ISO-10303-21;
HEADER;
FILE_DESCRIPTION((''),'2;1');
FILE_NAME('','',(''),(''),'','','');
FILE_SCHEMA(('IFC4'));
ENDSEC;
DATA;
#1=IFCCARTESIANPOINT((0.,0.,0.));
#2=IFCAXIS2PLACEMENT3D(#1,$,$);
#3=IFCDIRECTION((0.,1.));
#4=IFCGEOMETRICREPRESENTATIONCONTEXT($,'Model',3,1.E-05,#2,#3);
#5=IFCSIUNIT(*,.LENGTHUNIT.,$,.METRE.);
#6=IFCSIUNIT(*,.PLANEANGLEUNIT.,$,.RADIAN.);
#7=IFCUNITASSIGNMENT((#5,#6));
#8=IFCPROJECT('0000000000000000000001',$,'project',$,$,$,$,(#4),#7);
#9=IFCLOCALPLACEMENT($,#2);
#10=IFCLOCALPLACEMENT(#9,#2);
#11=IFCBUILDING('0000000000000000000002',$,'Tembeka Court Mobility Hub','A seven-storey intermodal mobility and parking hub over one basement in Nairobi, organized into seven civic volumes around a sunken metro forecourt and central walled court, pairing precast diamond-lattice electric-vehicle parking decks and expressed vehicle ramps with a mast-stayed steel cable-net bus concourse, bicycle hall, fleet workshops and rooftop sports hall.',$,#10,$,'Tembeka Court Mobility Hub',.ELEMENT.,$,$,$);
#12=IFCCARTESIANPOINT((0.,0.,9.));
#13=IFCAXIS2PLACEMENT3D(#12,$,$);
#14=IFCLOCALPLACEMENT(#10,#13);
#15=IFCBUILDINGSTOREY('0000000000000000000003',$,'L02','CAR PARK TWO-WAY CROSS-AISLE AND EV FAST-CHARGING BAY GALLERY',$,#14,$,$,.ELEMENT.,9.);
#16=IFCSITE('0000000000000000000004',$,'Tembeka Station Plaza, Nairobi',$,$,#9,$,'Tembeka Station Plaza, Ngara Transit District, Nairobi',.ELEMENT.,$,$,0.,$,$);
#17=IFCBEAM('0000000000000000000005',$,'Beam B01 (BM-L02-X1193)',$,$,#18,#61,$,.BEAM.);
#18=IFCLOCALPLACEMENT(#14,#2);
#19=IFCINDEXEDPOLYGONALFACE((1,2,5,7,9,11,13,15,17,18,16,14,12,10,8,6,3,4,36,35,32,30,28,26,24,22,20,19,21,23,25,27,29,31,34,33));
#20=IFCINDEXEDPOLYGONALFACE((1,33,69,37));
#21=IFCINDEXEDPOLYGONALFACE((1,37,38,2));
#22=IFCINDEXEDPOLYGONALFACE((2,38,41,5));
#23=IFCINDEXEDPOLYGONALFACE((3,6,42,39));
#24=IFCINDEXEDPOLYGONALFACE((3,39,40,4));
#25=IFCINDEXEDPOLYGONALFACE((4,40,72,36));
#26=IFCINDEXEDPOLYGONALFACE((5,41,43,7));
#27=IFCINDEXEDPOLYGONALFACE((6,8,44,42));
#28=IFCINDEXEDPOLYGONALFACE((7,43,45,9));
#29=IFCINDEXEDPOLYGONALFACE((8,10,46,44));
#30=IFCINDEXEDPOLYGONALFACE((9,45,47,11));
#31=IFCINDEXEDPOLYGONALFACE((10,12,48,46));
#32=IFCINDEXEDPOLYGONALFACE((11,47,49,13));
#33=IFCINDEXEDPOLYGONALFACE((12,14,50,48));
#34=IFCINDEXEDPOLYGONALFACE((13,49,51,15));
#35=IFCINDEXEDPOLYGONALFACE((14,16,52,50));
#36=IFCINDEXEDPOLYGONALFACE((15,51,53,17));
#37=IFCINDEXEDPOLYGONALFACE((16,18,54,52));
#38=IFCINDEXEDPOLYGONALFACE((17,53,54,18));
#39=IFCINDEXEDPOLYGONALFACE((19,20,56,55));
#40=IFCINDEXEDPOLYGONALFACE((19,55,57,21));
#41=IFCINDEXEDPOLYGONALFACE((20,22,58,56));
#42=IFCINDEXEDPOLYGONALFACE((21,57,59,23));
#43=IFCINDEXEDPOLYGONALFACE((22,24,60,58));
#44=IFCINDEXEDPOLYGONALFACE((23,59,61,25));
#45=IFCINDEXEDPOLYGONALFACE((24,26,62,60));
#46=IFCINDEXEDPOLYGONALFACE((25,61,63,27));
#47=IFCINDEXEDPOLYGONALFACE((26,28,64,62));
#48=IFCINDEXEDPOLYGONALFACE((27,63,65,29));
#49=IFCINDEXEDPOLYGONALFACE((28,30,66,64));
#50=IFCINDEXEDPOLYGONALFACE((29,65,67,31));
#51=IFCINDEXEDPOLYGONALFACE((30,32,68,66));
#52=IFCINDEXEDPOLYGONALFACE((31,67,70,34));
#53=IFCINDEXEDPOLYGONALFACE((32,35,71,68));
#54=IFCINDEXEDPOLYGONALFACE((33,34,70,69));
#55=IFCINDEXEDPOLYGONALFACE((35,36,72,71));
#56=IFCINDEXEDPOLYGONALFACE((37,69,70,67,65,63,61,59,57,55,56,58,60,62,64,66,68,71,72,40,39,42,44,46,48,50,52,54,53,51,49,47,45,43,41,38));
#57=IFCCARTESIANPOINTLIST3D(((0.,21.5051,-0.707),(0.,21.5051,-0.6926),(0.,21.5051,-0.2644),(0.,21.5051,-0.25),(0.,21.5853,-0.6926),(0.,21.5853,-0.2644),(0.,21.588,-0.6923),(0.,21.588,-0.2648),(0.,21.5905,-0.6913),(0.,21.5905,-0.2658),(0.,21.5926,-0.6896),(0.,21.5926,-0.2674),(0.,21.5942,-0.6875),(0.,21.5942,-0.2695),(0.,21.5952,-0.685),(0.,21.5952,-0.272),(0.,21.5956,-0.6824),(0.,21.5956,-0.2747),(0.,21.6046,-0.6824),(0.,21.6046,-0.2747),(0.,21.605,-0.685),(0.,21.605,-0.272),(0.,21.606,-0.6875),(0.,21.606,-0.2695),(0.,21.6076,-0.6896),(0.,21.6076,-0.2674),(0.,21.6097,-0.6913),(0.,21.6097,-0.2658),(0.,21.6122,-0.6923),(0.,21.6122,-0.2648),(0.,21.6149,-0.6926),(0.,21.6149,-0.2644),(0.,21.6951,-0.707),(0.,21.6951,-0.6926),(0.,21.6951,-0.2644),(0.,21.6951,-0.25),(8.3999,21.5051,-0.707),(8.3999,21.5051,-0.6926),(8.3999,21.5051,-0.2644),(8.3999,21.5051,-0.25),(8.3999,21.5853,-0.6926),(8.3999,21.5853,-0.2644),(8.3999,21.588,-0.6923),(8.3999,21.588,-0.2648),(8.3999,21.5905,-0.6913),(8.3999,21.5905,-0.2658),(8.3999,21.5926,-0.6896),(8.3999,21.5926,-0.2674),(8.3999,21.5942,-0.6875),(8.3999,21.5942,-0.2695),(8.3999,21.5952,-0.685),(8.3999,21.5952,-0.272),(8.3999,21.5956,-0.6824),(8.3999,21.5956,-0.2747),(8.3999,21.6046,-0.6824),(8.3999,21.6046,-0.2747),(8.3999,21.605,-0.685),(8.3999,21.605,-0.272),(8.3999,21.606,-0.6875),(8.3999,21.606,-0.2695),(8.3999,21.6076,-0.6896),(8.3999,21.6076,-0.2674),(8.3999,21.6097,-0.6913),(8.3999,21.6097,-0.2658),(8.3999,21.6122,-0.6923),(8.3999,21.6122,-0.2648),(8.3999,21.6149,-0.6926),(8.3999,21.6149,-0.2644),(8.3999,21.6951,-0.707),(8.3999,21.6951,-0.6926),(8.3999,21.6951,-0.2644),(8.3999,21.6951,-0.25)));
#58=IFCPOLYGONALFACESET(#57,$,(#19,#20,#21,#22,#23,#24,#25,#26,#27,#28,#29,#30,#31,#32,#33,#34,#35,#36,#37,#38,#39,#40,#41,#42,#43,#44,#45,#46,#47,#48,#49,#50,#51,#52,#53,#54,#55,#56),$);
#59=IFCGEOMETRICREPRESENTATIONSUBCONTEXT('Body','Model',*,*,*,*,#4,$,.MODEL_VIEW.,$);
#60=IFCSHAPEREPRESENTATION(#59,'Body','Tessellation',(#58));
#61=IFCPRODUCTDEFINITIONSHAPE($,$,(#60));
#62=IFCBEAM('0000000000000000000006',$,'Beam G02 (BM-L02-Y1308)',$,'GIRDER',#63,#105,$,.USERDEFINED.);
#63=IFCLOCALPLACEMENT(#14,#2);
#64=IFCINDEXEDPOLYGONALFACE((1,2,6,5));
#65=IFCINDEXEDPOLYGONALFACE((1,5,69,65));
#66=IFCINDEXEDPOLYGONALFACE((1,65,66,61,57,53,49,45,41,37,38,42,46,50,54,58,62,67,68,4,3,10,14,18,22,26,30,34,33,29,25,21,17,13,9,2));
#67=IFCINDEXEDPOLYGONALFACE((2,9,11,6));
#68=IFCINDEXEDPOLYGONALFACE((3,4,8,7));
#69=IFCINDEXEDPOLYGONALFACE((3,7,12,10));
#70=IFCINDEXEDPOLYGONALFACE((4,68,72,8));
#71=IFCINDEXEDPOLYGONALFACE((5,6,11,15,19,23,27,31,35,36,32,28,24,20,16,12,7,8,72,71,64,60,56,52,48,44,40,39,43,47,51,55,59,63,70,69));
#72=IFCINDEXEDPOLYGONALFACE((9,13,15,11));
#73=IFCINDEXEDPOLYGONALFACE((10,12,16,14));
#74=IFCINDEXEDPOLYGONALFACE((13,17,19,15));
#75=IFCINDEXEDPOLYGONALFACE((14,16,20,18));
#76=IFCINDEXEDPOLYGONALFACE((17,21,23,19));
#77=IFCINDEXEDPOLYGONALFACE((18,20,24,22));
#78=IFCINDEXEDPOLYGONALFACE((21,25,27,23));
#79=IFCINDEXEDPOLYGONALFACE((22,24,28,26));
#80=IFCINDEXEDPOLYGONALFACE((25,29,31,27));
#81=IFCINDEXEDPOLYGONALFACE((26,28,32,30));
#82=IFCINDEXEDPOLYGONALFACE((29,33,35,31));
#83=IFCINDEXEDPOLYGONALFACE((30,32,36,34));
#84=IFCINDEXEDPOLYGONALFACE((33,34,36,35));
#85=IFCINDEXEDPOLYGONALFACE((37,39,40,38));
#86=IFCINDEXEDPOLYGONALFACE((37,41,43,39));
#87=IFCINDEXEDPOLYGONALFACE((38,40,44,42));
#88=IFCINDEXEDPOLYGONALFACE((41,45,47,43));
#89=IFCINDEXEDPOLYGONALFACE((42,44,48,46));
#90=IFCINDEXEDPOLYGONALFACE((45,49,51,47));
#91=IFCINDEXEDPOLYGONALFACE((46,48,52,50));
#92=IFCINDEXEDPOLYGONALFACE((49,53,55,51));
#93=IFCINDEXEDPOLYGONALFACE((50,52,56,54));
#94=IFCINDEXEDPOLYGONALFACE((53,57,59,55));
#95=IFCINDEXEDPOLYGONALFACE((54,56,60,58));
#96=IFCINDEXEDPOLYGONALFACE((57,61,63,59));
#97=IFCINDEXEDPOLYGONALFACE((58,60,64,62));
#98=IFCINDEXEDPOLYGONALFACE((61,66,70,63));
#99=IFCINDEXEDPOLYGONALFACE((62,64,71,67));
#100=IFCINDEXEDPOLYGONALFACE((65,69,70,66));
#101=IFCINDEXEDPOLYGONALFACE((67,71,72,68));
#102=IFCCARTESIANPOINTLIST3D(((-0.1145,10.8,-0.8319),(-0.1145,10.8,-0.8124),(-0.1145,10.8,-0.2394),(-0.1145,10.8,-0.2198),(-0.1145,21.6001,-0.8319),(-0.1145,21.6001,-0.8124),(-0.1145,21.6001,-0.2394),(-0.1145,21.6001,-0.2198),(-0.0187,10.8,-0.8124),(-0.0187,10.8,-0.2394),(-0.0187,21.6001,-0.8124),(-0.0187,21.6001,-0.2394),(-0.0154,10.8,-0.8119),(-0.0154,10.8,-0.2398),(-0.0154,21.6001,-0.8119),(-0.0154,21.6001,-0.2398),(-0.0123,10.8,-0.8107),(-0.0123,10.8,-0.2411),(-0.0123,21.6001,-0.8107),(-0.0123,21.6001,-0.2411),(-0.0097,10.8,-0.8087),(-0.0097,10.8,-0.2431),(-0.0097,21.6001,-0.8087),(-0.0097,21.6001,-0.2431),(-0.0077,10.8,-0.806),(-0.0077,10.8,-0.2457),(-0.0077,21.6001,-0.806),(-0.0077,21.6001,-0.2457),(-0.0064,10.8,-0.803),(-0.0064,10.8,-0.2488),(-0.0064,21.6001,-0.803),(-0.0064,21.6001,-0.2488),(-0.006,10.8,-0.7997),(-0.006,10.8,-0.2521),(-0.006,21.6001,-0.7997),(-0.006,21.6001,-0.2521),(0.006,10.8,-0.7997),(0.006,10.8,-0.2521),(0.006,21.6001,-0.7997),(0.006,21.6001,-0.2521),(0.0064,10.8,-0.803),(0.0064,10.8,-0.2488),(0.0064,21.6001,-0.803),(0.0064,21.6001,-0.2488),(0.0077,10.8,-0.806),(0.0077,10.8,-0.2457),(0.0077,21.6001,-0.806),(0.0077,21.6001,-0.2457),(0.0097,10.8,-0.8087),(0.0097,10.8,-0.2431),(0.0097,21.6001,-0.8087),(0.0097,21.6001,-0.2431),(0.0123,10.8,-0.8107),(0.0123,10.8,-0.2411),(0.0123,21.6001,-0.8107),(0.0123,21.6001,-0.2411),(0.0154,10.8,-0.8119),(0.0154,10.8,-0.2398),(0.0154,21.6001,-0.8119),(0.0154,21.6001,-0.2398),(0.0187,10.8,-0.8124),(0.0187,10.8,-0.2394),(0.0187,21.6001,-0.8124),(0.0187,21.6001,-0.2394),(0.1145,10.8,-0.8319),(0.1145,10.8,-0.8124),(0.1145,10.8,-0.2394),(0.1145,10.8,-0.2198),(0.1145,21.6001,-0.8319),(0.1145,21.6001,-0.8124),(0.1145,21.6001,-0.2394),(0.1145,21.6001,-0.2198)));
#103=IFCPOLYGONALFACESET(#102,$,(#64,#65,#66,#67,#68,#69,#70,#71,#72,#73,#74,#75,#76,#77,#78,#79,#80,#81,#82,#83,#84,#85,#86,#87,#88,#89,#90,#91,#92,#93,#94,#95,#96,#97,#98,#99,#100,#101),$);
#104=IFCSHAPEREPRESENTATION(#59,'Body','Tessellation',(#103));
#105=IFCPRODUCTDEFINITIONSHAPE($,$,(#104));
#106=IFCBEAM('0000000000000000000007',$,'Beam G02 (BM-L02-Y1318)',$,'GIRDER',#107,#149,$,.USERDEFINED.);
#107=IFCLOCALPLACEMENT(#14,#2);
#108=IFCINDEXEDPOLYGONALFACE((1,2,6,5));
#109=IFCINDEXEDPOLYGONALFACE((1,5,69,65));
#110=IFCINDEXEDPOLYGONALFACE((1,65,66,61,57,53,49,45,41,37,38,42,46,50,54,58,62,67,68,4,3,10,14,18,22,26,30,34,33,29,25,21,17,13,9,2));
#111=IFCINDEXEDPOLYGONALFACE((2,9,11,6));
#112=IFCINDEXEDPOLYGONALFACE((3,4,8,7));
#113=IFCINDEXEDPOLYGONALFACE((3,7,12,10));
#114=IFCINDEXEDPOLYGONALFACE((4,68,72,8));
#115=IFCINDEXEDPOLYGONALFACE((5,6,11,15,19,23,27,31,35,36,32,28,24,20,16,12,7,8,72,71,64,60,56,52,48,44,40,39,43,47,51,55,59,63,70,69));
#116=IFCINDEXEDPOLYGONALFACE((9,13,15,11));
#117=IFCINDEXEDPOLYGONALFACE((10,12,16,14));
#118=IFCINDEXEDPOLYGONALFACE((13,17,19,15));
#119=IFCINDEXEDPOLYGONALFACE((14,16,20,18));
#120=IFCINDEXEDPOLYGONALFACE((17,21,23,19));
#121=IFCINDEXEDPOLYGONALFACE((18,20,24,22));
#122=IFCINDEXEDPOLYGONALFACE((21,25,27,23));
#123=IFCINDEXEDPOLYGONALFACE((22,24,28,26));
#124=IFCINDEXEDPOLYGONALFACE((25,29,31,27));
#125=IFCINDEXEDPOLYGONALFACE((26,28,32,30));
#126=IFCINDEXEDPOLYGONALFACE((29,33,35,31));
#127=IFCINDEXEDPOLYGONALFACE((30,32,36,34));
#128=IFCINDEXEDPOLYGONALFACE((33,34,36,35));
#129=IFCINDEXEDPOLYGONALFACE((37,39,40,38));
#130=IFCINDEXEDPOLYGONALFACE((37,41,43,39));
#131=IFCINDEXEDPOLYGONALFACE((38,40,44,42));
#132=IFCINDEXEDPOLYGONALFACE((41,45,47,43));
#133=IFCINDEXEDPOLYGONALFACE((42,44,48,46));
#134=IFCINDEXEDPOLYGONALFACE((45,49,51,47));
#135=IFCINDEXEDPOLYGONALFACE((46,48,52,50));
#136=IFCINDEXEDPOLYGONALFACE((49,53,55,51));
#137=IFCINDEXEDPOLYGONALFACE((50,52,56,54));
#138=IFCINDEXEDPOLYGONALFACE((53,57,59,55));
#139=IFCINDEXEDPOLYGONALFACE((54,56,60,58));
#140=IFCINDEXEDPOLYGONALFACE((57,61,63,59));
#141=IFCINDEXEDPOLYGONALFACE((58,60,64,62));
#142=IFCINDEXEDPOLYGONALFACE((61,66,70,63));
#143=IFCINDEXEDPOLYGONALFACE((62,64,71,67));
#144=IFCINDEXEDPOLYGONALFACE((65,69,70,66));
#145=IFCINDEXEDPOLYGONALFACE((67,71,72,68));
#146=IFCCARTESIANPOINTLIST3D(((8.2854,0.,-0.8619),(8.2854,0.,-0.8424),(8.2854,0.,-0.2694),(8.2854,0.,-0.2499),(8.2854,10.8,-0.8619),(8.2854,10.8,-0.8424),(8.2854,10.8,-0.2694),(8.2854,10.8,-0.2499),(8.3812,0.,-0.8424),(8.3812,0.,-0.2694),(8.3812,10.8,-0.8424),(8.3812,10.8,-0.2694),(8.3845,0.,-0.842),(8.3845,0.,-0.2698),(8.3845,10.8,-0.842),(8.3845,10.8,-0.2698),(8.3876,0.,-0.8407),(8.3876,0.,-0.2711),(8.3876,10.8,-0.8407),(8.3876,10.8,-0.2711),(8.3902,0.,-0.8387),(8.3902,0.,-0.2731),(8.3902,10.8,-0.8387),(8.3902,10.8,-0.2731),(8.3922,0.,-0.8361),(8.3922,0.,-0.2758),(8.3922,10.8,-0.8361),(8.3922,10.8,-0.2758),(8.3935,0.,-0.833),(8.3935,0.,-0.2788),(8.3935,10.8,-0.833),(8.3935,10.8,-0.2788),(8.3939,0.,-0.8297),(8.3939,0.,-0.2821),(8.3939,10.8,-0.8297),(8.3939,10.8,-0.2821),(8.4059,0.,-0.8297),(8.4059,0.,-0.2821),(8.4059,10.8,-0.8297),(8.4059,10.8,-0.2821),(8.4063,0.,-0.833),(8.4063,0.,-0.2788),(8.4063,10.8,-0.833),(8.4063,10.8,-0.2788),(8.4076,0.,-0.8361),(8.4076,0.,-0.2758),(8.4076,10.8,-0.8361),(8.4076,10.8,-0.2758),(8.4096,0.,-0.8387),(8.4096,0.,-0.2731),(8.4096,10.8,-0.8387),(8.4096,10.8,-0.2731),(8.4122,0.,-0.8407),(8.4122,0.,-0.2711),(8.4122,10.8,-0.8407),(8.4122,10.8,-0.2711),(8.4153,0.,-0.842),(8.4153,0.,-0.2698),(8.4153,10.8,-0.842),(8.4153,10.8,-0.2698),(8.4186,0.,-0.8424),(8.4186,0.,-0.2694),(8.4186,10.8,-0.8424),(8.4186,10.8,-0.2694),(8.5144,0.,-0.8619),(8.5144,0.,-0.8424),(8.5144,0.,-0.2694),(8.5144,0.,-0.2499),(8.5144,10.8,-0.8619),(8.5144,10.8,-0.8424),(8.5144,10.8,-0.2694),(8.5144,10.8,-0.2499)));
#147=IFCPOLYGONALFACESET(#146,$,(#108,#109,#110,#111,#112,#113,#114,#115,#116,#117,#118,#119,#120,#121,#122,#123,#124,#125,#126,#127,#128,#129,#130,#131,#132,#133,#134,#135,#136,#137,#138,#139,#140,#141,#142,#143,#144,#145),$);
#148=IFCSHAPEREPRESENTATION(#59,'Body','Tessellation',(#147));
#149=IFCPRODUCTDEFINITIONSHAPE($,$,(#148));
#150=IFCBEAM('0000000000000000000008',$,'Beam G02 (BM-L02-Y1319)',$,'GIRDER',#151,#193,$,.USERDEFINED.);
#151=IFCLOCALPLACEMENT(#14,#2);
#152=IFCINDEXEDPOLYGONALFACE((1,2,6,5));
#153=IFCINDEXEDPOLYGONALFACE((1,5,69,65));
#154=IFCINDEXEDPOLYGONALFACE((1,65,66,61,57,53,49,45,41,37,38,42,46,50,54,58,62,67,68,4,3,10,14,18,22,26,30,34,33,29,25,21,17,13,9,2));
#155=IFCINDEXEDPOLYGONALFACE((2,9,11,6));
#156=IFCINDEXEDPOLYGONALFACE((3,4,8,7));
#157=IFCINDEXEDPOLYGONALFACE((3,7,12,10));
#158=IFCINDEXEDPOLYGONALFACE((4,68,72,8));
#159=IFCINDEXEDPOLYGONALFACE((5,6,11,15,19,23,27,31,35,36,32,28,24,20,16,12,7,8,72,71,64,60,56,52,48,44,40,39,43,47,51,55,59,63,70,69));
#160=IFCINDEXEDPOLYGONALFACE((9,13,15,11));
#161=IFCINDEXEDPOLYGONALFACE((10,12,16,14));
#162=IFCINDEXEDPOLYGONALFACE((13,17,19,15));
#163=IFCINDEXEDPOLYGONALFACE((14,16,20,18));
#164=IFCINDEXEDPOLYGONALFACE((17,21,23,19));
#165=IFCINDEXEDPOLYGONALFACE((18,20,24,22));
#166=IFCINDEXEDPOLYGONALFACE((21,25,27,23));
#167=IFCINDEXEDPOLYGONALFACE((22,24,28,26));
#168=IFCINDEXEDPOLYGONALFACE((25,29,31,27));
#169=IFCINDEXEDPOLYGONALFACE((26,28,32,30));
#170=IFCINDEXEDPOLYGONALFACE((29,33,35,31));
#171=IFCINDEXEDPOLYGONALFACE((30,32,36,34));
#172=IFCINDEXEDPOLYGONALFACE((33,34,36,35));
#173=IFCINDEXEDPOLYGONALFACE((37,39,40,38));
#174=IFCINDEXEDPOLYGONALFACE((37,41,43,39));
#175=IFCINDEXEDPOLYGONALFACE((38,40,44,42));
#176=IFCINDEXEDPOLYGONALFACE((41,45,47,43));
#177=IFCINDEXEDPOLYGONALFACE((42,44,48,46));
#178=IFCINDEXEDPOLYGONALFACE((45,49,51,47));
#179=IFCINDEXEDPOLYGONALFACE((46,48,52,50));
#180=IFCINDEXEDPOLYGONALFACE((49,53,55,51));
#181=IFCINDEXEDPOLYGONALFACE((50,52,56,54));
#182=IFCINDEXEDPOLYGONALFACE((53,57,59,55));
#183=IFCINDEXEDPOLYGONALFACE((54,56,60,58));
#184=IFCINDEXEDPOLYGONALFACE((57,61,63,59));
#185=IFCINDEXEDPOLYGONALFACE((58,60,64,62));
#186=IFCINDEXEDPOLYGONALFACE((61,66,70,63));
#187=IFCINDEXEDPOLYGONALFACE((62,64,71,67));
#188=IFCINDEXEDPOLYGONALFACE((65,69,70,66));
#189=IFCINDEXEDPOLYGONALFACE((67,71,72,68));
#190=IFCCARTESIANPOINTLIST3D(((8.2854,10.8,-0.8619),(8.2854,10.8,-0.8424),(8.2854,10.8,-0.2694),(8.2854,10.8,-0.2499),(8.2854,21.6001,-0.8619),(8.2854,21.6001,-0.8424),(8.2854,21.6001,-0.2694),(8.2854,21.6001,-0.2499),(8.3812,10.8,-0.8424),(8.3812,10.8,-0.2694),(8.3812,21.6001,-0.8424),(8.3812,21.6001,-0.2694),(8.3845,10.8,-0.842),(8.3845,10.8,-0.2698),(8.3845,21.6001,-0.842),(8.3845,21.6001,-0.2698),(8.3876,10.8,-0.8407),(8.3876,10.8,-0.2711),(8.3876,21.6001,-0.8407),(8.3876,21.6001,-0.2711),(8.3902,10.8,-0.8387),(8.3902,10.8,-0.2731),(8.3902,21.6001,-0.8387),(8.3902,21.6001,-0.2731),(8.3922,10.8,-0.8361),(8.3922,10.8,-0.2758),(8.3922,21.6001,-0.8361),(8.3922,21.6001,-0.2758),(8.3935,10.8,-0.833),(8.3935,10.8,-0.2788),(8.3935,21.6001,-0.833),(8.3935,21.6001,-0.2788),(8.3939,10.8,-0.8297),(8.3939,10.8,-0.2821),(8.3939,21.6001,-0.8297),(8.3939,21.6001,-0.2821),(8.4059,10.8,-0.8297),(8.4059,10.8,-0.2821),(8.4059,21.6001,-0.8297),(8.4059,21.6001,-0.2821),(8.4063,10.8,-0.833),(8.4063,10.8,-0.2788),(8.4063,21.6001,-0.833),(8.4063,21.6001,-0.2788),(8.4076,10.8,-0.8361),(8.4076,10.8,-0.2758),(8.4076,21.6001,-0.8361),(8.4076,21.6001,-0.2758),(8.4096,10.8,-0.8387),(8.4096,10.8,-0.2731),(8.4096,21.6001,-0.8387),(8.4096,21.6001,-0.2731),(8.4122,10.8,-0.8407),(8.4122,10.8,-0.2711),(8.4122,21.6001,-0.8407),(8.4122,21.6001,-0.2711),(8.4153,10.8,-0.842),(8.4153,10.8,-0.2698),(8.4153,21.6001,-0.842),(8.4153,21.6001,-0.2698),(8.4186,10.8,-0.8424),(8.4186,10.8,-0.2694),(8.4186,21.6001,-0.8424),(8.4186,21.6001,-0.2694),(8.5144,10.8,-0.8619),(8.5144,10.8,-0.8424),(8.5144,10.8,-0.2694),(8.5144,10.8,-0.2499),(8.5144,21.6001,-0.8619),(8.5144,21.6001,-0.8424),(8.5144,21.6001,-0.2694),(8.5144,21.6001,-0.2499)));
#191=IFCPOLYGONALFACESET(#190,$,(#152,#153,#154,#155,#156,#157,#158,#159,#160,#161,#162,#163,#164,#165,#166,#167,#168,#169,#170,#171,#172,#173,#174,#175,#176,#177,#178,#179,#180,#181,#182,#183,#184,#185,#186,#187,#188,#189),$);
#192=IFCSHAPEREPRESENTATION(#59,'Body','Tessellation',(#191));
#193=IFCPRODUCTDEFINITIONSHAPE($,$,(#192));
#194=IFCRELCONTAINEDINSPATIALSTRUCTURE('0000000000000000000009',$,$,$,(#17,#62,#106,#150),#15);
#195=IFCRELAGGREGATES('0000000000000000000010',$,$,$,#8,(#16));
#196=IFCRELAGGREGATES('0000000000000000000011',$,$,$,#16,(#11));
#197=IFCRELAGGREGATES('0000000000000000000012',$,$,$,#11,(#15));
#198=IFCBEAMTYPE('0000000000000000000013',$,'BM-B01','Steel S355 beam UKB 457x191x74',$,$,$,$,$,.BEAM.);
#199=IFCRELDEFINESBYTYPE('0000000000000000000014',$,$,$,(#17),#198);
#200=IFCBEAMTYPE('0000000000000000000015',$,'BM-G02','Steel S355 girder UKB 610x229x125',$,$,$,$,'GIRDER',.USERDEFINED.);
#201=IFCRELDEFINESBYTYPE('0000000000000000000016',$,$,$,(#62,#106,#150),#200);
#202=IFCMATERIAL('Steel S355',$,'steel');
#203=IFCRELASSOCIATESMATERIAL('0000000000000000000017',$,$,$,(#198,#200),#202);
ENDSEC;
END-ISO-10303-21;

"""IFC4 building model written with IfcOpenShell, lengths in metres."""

from ifc_helpers import new_model, si_unit, direction, frame, origin, origin_2d, place, context, subcontext, project, spatial, i_section, extrude, material, material_profile, profile_set, type_object, element, save


model = new_model("IFC4")

# Units and contexts
model_context = context("Model", 3, precision=1e-05, world=origin(), true_north=direction((0.0, 1.0)))
body_context = subcontext(model_context, "Body", "Model", "MODEL_VIEW")
ifc_project = project(units=[si_unit("LENGTHUNIT", "METRE"), si_unit("PLANEANGLEUNIT", "RADIAN")], contexts=[model_context])

# Site, building, storey
site_placement = place(None, origin())
site = spatial("IfcSite", under=ifc_project, at=site_placement, Name="Tembeka Station Plaza, Nairobi", LongName="Tembeka Station Plaza, Ngara Transit District, Nairobi", CompositionType="ELEMENT", RefElevation=0.0)
building_placement = place(site_placement, origin())
building = spatial("IfcBuilding", under=site, at=building_placement, Name="Tembeka Court Mobility Hub", Description="A seven-storey intermodal mobility and parking hub over one basement in Nairobi, organized into seven civic volumes around a sunken metro forecourt and central walled court, pairing precast diamond-lattice electric-vehicle parking decks and expressed vehicle ramps with a mast-stayed steel cable-net bus concourse, bicycle hall, fleet workshops and rooftop sports hall.", LongName="Tembeka Court Mobility Hub", CompositionType="ELEMENT")
storey_placement = place(building_placement, frame((0.0, 0.0, 9.0)))
storey = spatial("IfcBuildingStorey", under=building, at=storey_placement, Name="L02", Description="CAR PARK TWO-WAY CROSS-AISLE AND EV FAST-CHARGING BAY GALLERY", CompositionType="ELEMENT", Elevation=9.0)

# Shared definitions
ifc_material_1 = material(Name="Steel S355", Category="steel")

# Beams
ifc_material_profile_1 = material_profile(ifc_material_1, i_section(OverallWidth=0.1899, OverallDepth=0.457, WebThickness=0.009, FlangeThickness=0.0144, FilletRadius=0.0103, at=origin_2d()), Name="UKB 457x191x74")
ifc_profile_set_1 = profile_set([ifc_material_profile_1], Name="Steel S355")
beam_type_1 = type_object("IfcBeamType", Name="BM-B01", Description="Steel S355 beam UKB 457x191x74", PredefinedType="BEAM", material=ifc_profile_set_1)
beam_1_placement = place(storey_placement, frame((0.0, 21.6001, -0.4785), z_axis=(1.0, 0.0, 0.0), x_axis=(0.0, 1.0, 0.0)))
element("IfcBeam", 1, at=beam_1_placement, inside=storey, type_object=beam_type_1, Name="Beam B01 (BM-L02-X1193)", PredefinedType="BEAM", context=body_context, shape_type="SweptSolid", body=[
    extrude(i_section(OverallWidth=0.1899, OverallDepth=0.457, WebThickness=0.009, FlangeThickness=0.0144, FilletRadius=0.0103, at=origin_2d()), origin(), (0.0, 0.0, 1.0), 8.3999),
])
ifc_material_profile_2 = material_profile(ifc_material_1, i_section(OverallWidth=0.229, OverallDepth=0.6121, WebThickness=0.012, FlangeThickness=0.0195, FilletRadius=0.0127, at=origin_2d()), Name="UKB 610x229x125")
ifc_profile_set_2 = profile_set([ifc_material_profile_2], Name="Steel S355")
beam_type_2 = type_object("IfcBeamType", Name="BM-G02", Description="Steel S355 girder UKB 610x229x125", ElementType="GIRDER", PredefinedType="USERDEFINED", material=ifc_profile_set_2)
for number, where, z_axis, x_axis, name in (
    (2, (0.0, 10.8, -0.5259), (0.0, 1.0, 0.0), (-1.0, 0.0, 0.0), "Beam G02 (BM-L02-Y1308)"),
    (3, (8.3999, 0.0, -0.5559), (0.0, 1.0, 0.0), (-1.0, 0.0, 0.0), "Beam G02 (BM-L02-Y1318)"),
    (4, (8.3999, 10.8, -0.5559), (0.0, 1.0, 0.0), (-1.0, 0.0, 0.0), "Beam G02 (BM-L02-Y1319)"),
):
    element("IfcBeam", number, at=place(storey_placement, frame(where, z_axis=z_axis, x_axis=x_axis)), inside=storey, type_object=beam_type_2, Name=name, ObjectType="GIRDER", PredefinedType="USERDEFINED", context=body_context, shape_type="SweptSolid", body=[
        extrude(i_section(OverallWidth=0.229, OverallDepth=0.6121, WebThickness=0.012, FlangeThickness=0.0195, FilletRadius=0.0127, at=origin_2d()), origin(), (0.0, 0.0, 1.0), 10.8),
    ])

save(model, "model.ifc")
